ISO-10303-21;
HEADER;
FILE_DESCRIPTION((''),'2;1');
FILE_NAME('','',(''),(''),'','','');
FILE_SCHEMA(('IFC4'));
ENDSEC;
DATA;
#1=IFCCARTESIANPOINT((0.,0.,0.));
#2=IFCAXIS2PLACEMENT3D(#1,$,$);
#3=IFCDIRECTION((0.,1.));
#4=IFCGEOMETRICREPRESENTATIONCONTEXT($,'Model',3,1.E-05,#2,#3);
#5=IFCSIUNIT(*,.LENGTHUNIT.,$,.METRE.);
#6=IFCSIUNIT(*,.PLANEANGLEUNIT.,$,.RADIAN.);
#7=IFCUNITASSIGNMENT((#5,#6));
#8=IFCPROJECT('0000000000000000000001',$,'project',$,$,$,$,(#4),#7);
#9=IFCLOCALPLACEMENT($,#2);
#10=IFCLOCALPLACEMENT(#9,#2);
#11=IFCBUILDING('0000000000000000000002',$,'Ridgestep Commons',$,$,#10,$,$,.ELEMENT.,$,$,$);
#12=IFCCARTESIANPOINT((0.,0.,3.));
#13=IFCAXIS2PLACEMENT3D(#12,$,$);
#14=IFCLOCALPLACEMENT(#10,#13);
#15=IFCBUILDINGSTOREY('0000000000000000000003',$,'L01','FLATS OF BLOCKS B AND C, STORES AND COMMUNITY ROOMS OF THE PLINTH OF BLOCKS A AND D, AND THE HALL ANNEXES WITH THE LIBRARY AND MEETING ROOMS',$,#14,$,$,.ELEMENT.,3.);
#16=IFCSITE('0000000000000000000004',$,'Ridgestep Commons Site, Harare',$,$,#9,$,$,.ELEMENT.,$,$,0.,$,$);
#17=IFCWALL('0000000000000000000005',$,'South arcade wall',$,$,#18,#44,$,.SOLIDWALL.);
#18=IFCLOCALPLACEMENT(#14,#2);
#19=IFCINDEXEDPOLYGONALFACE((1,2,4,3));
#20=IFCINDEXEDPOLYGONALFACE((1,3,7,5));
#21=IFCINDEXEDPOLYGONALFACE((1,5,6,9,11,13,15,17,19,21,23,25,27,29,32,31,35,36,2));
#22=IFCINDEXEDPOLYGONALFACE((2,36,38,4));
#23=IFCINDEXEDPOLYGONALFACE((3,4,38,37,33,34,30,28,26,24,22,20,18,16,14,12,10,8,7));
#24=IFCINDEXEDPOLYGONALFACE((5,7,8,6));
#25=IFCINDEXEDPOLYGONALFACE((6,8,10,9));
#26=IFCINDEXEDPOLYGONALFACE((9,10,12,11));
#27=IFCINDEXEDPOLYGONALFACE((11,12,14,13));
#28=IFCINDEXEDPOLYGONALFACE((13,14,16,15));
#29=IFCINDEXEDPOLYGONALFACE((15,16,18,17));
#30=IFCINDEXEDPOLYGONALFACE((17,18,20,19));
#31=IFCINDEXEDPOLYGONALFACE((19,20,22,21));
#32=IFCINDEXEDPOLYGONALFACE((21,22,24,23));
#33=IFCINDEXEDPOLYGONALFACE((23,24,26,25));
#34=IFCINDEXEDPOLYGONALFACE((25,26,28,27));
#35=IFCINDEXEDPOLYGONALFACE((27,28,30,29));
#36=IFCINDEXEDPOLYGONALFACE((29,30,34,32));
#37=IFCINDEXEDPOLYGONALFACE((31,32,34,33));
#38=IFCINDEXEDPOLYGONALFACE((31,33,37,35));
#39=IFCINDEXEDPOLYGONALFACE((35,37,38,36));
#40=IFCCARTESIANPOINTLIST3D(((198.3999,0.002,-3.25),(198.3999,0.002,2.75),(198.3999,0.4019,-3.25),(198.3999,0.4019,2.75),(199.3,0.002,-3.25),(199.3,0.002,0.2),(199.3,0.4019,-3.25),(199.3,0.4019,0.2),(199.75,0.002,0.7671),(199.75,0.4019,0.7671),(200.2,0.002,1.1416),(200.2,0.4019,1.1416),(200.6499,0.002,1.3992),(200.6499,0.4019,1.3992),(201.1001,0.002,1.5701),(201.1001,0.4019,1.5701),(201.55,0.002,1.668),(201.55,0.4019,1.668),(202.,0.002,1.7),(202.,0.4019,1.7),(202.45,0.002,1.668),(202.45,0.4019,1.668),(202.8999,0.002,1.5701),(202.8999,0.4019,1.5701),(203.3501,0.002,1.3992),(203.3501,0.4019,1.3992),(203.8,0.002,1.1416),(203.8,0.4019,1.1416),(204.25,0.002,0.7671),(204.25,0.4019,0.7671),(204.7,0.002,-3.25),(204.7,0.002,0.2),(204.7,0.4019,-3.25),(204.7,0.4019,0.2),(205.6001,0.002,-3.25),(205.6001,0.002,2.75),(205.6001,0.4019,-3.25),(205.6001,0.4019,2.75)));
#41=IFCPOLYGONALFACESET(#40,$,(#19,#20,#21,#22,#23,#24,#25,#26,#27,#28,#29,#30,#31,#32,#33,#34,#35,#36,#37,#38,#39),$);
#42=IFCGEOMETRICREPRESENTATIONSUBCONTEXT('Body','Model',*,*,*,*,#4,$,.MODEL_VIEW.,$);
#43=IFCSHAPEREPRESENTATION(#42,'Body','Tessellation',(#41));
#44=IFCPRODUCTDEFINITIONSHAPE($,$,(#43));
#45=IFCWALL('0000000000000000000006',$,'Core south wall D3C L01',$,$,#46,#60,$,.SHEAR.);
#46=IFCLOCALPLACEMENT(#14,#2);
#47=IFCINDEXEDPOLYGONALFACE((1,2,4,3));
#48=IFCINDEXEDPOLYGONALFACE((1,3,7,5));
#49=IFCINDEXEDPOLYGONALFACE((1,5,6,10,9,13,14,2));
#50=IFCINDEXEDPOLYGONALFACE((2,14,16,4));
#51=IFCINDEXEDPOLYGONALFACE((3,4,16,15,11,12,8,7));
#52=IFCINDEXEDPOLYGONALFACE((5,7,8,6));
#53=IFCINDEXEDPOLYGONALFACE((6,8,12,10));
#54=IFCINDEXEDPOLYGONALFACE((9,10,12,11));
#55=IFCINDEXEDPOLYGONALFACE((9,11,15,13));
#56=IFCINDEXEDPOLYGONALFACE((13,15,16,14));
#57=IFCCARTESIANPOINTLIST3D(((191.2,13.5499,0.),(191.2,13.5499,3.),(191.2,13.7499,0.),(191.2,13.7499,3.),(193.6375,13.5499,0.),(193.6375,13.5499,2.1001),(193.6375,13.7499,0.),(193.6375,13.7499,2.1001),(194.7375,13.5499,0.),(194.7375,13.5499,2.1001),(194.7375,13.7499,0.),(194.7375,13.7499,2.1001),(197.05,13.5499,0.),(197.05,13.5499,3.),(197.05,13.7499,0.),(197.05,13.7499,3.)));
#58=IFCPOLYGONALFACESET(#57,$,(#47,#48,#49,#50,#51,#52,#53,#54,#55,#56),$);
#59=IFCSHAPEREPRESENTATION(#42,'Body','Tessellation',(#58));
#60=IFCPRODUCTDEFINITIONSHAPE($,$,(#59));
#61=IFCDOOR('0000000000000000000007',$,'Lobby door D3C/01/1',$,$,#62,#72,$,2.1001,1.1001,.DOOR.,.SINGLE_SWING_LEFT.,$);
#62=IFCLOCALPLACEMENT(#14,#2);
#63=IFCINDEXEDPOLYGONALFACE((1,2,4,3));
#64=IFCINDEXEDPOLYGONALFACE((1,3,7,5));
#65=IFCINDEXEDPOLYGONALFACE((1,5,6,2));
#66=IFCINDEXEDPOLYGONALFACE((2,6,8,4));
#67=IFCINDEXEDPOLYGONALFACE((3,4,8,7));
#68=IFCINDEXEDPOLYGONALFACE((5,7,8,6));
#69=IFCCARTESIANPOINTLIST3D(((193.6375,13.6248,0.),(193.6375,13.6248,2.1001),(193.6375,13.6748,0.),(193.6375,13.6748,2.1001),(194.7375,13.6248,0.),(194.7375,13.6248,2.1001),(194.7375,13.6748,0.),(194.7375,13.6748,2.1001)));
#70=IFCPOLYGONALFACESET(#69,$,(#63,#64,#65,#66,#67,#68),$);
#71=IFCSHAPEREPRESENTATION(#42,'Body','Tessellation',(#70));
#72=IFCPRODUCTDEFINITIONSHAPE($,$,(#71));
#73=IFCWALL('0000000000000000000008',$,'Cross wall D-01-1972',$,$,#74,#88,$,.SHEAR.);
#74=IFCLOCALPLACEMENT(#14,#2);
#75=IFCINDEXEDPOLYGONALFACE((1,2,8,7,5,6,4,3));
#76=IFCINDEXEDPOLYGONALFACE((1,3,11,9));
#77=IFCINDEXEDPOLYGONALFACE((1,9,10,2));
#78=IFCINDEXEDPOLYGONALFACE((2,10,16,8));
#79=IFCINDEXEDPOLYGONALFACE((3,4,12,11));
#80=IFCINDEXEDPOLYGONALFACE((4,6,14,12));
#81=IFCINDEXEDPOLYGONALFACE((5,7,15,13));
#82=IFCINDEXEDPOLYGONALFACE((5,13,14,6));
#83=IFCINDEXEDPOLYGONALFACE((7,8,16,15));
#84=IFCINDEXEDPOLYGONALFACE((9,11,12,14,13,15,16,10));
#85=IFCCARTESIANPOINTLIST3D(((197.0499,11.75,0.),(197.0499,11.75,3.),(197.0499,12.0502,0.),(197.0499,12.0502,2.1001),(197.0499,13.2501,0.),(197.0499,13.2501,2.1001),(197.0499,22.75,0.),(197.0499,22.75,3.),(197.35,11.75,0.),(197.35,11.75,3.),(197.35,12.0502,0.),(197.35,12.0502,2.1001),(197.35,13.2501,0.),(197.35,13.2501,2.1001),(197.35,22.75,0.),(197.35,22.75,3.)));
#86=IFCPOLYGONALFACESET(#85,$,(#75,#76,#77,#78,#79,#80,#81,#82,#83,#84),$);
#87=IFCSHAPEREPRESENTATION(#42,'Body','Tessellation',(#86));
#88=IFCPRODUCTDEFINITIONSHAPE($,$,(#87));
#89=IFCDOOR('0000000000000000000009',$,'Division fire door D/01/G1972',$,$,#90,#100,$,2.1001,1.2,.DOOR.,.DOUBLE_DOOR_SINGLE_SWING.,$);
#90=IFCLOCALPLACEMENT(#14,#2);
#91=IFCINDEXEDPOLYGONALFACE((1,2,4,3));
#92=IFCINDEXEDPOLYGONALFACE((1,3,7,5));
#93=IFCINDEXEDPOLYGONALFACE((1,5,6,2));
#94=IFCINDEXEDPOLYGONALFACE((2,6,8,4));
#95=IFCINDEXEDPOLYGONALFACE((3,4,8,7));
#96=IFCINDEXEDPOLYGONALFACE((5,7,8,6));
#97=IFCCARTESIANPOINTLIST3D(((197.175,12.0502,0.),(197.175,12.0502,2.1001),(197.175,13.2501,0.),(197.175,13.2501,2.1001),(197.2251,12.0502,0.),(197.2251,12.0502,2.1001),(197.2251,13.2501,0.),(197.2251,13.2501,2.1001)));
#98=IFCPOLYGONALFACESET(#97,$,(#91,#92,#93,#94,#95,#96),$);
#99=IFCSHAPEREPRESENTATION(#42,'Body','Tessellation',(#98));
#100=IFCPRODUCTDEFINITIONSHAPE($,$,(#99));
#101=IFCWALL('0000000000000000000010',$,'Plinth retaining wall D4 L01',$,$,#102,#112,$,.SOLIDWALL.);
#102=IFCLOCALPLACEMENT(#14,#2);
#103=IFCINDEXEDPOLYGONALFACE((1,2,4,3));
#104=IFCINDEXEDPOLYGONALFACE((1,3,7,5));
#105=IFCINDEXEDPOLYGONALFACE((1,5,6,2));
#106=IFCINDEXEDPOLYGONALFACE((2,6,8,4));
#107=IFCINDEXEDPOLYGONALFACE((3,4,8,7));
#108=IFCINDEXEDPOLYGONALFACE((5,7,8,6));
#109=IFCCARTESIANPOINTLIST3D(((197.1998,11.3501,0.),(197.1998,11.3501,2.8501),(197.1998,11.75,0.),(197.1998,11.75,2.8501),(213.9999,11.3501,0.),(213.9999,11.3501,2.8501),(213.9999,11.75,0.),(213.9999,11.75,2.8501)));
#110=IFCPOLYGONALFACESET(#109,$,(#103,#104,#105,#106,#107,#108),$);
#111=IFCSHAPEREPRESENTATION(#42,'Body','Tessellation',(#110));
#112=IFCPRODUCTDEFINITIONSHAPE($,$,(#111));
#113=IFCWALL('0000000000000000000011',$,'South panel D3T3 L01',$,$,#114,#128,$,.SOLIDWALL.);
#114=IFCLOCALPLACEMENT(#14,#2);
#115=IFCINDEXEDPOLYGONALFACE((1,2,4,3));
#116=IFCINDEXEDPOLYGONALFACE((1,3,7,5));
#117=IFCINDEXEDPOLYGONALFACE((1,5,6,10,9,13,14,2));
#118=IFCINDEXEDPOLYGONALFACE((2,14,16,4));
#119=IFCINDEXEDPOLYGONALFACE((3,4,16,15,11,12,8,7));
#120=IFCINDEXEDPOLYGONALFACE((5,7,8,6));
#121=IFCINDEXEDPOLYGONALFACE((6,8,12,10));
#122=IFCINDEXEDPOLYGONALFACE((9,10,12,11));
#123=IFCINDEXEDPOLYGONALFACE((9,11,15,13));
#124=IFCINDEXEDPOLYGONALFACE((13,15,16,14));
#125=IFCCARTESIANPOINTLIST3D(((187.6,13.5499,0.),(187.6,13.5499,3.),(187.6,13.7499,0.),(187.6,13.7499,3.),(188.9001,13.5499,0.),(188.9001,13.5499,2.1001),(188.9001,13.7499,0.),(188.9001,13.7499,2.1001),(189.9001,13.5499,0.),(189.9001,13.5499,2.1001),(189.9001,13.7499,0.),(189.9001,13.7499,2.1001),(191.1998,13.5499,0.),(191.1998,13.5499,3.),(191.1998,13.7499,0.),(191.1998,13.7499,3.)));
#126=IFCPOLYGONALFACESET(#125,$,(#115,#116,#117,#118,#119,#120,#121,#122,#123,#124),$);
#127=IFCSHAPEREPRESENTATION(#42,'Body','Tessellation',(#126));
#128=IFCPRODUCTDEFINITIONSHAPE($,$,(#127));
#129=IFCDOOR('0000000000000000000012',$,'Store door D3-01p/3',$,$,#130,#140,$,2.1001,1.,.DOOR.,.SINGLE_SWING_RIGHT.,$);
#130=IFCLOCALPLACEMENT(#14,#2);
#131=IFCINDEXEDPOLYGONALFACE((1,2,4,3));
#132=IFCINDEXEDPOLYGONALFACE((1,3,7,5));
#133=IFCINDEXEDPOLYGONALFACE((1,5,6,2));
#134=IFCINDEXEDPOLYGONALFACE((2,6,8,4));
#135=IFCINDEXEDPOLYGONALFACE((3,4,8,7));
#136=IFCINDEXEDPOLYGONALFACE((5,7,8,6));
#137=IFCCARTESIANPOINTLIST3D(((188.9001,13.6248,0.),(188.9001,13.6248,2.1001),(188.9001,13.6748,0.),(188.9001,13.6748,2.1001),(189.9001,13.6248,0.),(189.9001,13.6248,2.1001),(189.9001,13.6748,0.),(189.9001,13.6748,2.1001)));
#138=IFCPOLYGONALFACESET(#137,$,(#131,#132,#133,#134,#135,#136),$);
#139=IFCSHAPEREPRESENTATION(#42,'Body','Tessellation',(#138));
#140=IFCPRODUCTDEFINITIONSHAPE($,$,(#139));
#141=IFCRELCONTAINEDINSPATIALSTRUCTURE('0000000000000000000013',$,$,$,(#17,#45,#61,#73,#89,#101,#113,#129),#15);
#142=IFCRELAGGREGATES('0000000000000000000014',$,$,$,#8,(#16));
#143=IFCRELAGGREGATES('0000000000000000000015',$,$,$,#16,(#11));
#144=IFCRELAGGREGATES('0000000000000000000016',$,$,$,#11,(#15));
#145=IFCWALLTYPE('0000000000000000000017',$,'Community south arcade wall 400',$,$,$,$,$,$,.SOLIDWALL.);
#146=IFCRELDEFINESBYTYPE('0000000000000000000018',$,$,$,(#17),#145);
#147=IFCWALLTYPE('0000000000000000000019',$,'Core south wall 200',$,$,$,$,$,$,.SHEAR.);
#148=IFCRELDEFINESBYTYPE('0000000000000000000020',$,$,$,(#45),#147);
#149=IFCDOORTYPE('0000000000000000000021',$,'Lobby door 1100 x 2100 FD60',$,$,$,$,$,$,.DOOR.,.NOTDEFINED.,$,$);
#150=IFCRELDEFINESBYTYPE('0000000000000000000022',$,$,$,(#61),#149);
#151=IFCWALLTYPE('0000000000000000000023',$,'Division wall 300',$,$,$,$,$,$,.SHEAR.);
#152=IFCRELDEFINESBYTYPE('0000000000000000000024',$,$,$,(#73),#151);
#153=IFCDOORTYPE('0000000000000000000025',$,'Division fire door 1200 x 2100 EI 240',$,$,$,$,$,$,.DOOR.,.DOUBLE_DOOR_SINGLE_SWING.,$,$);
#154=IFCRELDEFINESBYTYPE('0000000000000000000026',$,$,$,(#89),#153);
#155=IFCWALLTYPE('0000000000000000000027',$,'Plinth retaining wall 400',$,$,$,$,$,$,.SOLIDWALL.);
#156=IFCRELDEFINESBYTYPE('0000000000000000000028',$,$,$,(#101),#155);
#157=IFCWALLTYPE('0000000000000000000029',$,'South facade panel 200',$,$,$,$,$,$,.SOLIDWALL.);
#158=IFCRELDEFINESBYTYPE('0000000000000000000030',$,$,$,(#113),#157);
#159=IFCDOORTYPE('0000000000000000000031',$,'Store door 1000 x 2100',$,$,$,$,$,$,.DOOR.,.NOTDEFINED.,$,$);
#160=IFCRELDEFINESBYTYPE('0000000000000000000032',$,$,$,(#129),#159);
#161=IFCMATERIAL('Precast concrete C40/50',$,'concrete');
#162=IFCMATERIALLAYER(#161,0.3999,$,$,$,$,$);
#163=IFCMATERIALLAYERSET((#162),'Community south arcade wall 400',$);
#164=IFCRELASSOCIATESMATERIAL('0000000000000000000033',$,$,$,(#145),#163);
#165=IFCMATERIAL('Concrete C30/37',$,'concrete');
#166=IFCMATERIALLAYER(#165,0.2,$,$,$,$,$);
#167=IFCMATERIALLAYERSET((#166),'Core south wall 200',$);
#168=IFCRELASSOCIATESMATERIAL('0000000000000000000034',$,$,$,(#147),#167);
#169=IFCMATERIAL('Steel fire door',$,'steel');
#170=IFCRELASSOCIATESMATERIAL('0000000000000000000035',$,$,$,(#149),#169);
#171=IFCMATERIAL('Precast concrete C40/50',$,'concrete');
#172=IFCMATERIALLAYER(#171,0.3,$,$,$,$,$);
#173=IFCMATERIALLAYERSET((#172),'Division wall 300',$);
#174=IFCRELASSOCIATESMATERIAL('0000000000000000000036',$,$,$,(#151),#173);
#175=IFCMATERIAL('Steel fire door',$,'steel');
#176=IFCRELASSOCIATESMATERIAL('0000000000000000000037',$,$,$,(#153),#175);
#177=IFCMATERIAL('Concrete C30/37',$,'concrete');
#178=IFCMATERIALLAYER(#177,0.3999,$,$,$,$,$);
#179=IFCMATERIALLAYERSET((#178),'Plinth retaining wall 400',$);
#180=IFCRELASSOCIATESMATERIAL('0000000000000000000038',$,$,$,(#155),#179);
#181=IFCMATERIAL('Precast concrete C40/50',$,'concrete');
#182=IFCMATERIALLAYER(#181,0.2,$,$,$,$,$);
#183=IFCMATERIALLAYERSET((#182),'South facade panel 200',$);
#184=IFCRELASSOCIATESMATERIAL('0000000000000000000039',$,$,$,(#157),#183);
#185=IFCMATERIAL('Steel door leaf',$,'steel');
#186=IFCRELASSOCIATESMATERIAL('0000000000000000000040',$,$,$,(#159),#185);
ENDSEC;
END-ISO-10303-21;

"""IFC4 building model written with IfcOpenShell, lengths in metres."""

from ifc_helpers import new_model, si_unit, direction, frame, frame_2d, origin, place, context, subcontext, project, spatial, polyline, rectangle, outline, extrude, material, layer, layer_set, type_object, element, fill, save


model = new_model("IFC4")

# Units and contexts
model_context = context("Model", 3, precision=1e-05, world=origin(), true_north=direction((0.0, 1.0)))
body_context = subcontext(model_context, "Body", "Model", "MODEL_VIEW")
ifc_project = project(units=[si_unit("LENGTHUNIT", "METRE"), si_unit("PLANEANGLEUNIT", "RADIAN")], contexts=[model_context])

# Site, building, storey
site_placement = place(None, origin())
site = spatial("IfcSite", under=ifc_project, at=site_placement, Name="Ridgestep Commons Site, Harare", CompositionType="ELEMENT", RefElevation=0.0)
building_placement = place(site_placement, origin())
building = spatial("IfcBuilding", under=site, at=building_placement, Name="Ridgestep Commons", CompositionType="ELEMENT")
storey_placement = place(building_placement, frame((0.0, 0.0, 3.0)))
storey = spatial("IfcBuildingStorey", under=building, at=storey_placement, Name="L01", Description="FLATS OF BLOCKS B AND C, STORES AND COMMUNITY ROOMS OF THE PLINTH OF BLOCKS A AND D, AND THE HALL ANNEXES WITH THE LIBRARY AND MEETING ROOMS", CompositionType="ELEMENT", Elevation=3.0)

# Wall
ifc_material_1 = material(Name="Precast concrete C40/50", Category="concrete")
ifc_layer_1 = layer(ifc_material_1, 0.3999)
ifc_layer_set_1 = layer_set([ifc_layer_1], Name="Community south arcade wall 400")
wall_type_1 = type_object("IfcWallType", Name="Community south arcade wall 400", PredefinedType="SOLIDWALL", material=ifc_layer_set_1)
wall_1_placement = place(storey_placement, frame((198.3999, 0.002, -3.25), z_axis=(0.0, -1.0, 0.0), x_axis=(1.0, 0.0, 0.0)))
element("IfcWall", 1, at=wall_1_placement, inside=storey, type_object=wall_type_1, Name="South arcade wall", PredefinedType="SOLIDWALL", context=body_context, shape_type="SweptSolid", body=[
    extrude(outline(polyline([(0.0, 0.0), (0.9001, 0.0), (0.9001, 3.45), (1.3501, 4.0171), (1.8, 4.3916), (2.25, 4.6492), (2.7002, 4.8201), (3.1501, 4.918), (3.6001, 4.95), (4.05, 4.918), (4.5, 4.8201), (4.9502, 4.6492), (5.4001, 4.3916), (5.8501, 4.0171), (6.3, 3.45), (6.3, 0.0), (7.2002, 0.0), (7.2002, 6.0), (0.0, 6.0), (0.0, 0.0)])), origin(), (0.0, 0.0, -1.0), 0.3999),
])

# Walls, openings, doors
ifc_material_2 = material(Name="Concrete C30/37", Category="concrete")
ifc_layer_2 = layer(ifc_material_2, 0.2)
ifc_layer_set_2 = layer_set([ifc_layer_2], Name="Core south wall 200")
wall_type_2 = type_object("IfcWallType", Name="Core south wall 200", PredefinedType="SHEAR", material=ifc_layer_set_2)
wall_2_placement = place(storey_placement, frame((191.2, 13.6499, 0.0), z_axis=(0.0, 0.0, 1.0), x_axis=(1.0, 0.0, 0.0)))
wall_2 = element("IfcWall", 2, at=wall_2_placement, inside=storey, type_object=wall_type_2, Name="Core south wall D3C L01", PredefinedType="SHEAR", context=body_context, shape_type="SweptSolid", body=[
    extrude(rectangle(XDim=5.8501, YDim=0.2, at=frame_2d((2.925, 0.0))), origin(), (0.0, 0.0, 1.0), 3.0),
])
opening_1_placement = place(wall_2_placement, frame((2.4375, 0.0, 0.0)))
opening_1 = element("IfcOpeningElement", 3, at=opening_1_placement, cuts=wall_2, PredefinedType="OPENING", context=body_context, shape_type="SweptSolid", body=[
    extrude(rectangle(XDim=1.1001, YDim=2.1001, at=frame_2d((0.55, 1.05))), frame((0.0, 0.1099, 0.0), z_axis=(0.0, -1.0, 0.0), x_axis=(1.0, 0.0, 0.0)), (0.0, 0.0, 1.0), 0.22),
])
ifc_material_3 = material(Name="Steel fire door", Category="steel")
door_type_1 = type_object("IfcDoorType", Name="Lobby door 1100 x 2100 FD60", OperationType="NOTDEFINED", PredefinedType="DOOR", material=ifc_material_3)
door_1_placement = place(opening_1_placement, origin())
door_1 = element("IfcDoor", 4, at=door_1_placement, inside=storey, type_object=door_type_1, Name="Lobby door D3C/01/1", OperationType="SINGLE_SWING_LEFT", OverallHeight=2.1001, OverallWidth=1.1001, PredefinedType="DOOR", context=body_context, shape_type="SweptSolid", body=[
    extrude(rectangle(XDim=1.1001, YDim=2.1001, at=frame_2d((0.55, 1.05))), frame((0.0, 0.0249, 0.0), z_axis=(0.0, -1.0, 0.0), x_axis=(1.0, 0.0, 0.0)), (0.0, 0.0, 1.0), 0.05),
])
fill(opening_1, door_1)
ifc_material_4 = material(Name="Precast concrete C40/50", Category="concrete")
ifc_layer_3 = layer(ifc_material_4, 0.3)
ifc_layer_set_3 = layer_set([ifc_layer_3], Name="Division wall 300")
wall_type_3 = type_object("IfcWallType", Name="Division wall 300", PredefinedType="SHEAR", material=ifc_layer_set_3)
wall_3_placement = place(storey_placement, frame((197.2, 11.75, 0.0), z_axis=(0.0, 0.0, 1.0), x_axis=(0.0, 1.0, 0.0)))
wall_3 = element("IfcWall", 5, at=wall_3_placement, inside=storey, type_object=wall_type_3, Name="Cross wall D-01-1972", PredefinedType="SHEAR", context=body_context, shape_type="SweptSolid", body=[
    extrude(rectangle(XDim=11.0, YDim=0.3, at=frame_2d((5.5, 0.0))), origin(), (0.0, 0.0, 1.0), 3.0),
])
opening_2_placement = place(wall_3_placement, frame((0.3, 0.0, 0.0)))
opening_2 = element("IfcOpeningElement", 6, at=opening_2_placement, cuts=wall_3, PredefinedType="OPENING", context=body_context, shape_type="SweptSolid", body=[
    extrude(rectangle(XDim=1.2, YDim=2.1001, at=frame_2d((0.6001, 1.05))), frame((0.0, 0.1599, 0.0), z_axis=(0.0, -1.0, 0.0), x_axis=(1.0, 0.0, 0.0)), (0.0, 0.0, 1.0), 0.3201),
])
ifc_material_5 = material(Name="Steel fire door", Category="steel")
door_type_2 = type_object("IfcDoorType", Name="Division fire door 1200 x 2100 EI 240", OperationType="DOUBLE_DOOR_SINGLE_SWING", PredefinedType="DOOR", material=ifc_material_5)
door_2_placement = place(opening_2_placement, origin())
door_2 = element("IfcDoor", 7, at=door_2_placement, inside=storey, type_object=door_type_2, Name="Division fire door D/01/G1972", OperationType="DOUBLE_DOOR_SINGLE_SWING", OverallHeight=2.1001, OverallWidth=1.2, PredefinedType="DOOR", context=body_context, shape_type="SweptSolid", body=[
    extrude(rectangle(XDim=1.2, YDim=2.1001, at=frame_2d((0.6001, 1.05))), frame((0.0, 0.0249, 0.0), z_axis=(0.0, -1.0, 0.0), x_axis=(1.0, 0.0, 0.0)), (0.0, 0.0, 1.0), 0.05),
])
fill(opening_2, door_2)

# Wall
ifc_material_6 = material(Name="Concrete C30/37", Category="concrete")
ifc_layer_4 = layer(ifc_material_6, 0.3999)
ifc_layer_set_4 = layer_set([ifc_layer_4], Name="Plinth retaining wall 400")
wall_type_4 = type_object("IfcWallType", Name="Plinth retaining wall 400", PredefinedType="SOLIDWALL", material=ifc_layer_set_4)
wall_4_placement = place(storey_placement, frame((197.2, 11.55, 0.0), z_axis=(0.0, 0.0, 1.0), x_axis=(1.0, 0.0, 0.0)))
element("IfcWall", 8, at=wall_4_placement, inside=storey, type_object=wall_type_4, Name="Plinth retaining wall D4 L01", PredefinedType="SOLIDWALL", context=body_context, shape_type="SweptSolid", body=[
    extrude(rectangle(XDim=16.8, YDim=0.3999, at=frame_2d((8.3999, 0.0))), origin(), (0.0, 0.0, 1.0), 2.8501),
])

# Wall, opening, door
ifc_material_7 = material(Name="Precast concrete C40/50", Category="concrete")
ifc_layer_5 = layer(ifc_material_7, 0.2)
ifc_layer_set_5 = layer_set([ifc_layer_5], Name="South facade panel 200")
wall_type_5 = type_object("IfcWallType", Name="South facade panel 200", PredefinedType="SOLIDWALL", material=ifc_layer_set_5)
wall_5_placement = place(storey_placement, frame((187.6001, 13.6499, 0.0), z_axis=(0.0, 0.0, 1.0), x_axis=(1.0, 0.0, 0.0)))
wall_5 = element("IfcWall", 9, at=wall_5_placement, inside=storey, type_object=wall_type_5, Name="South panel D3T3 L01", PredefinedType="SOLIDWALL", context=body_context, shape_type="SweptSolid", body=[
    extrude(rectangle(XDim=3.5999, YDim=0.2, at=frame_2d((1.7998, 0.0))), origin(), (0.0, 0.0, 1.0), 3.0),
])
opening_3_placement = place(wall_5_placement, frame((1.3, 0.0, 0.0)))
opening_3 = element("IfcOpeningElement", 10, at=opening_3_placement, cuts=wall_5, PredefinedType="OPENING", context=body_context, shape_type="SweptSolid", body=[
    extrude(rectangle(XDim=1.0, YDim=2.1001, at=frame_2d((0.5, 1.05))), frame((0.0, 0.1099, 0.0), z_axis=(0.0, -1.0, 0.0), x_axis=(1.0, 0.0, 0.0)), (0.0, 0.0, 1.0), 0.22),
])
ifc_material_8 = material(Name="Steel door leaf", Category="steel")
door_type_3 = type_object("IfcDoorType", Name="Store door 1000 x 2100", OperationType="NOTDEFINED", PredefinedType="DOOR", material=ifc_material_8)
door_3_placement = place(opening_3_placement, origin())
door_3 = element("IfcDoor", 11, at=door_3_placement, inside=storey, type_object=door_type_3, Name="Store door D3-01p/3", OperationType="SINGLE_SWING_RIGHT", OverallHeight=2.1001, OverallWidth=1.0, PredefinedType="DOOR", context=body_context, shape_type="SweptSolid", body=[
    extrude(rectangle(XDim=1.0, YDim=2.1001, at=frame_2d((0.5, 1.05))), frame((0.0, 0.0249, 0.0), z_axis=(0.0, -1.0, 0.0), x_axis=(1.0, 0.0, 0.0)), (0.0, 0.0, 1.0), 0.05),
])
fill(opening_3, door_3)

save(model, "model.ifc")
